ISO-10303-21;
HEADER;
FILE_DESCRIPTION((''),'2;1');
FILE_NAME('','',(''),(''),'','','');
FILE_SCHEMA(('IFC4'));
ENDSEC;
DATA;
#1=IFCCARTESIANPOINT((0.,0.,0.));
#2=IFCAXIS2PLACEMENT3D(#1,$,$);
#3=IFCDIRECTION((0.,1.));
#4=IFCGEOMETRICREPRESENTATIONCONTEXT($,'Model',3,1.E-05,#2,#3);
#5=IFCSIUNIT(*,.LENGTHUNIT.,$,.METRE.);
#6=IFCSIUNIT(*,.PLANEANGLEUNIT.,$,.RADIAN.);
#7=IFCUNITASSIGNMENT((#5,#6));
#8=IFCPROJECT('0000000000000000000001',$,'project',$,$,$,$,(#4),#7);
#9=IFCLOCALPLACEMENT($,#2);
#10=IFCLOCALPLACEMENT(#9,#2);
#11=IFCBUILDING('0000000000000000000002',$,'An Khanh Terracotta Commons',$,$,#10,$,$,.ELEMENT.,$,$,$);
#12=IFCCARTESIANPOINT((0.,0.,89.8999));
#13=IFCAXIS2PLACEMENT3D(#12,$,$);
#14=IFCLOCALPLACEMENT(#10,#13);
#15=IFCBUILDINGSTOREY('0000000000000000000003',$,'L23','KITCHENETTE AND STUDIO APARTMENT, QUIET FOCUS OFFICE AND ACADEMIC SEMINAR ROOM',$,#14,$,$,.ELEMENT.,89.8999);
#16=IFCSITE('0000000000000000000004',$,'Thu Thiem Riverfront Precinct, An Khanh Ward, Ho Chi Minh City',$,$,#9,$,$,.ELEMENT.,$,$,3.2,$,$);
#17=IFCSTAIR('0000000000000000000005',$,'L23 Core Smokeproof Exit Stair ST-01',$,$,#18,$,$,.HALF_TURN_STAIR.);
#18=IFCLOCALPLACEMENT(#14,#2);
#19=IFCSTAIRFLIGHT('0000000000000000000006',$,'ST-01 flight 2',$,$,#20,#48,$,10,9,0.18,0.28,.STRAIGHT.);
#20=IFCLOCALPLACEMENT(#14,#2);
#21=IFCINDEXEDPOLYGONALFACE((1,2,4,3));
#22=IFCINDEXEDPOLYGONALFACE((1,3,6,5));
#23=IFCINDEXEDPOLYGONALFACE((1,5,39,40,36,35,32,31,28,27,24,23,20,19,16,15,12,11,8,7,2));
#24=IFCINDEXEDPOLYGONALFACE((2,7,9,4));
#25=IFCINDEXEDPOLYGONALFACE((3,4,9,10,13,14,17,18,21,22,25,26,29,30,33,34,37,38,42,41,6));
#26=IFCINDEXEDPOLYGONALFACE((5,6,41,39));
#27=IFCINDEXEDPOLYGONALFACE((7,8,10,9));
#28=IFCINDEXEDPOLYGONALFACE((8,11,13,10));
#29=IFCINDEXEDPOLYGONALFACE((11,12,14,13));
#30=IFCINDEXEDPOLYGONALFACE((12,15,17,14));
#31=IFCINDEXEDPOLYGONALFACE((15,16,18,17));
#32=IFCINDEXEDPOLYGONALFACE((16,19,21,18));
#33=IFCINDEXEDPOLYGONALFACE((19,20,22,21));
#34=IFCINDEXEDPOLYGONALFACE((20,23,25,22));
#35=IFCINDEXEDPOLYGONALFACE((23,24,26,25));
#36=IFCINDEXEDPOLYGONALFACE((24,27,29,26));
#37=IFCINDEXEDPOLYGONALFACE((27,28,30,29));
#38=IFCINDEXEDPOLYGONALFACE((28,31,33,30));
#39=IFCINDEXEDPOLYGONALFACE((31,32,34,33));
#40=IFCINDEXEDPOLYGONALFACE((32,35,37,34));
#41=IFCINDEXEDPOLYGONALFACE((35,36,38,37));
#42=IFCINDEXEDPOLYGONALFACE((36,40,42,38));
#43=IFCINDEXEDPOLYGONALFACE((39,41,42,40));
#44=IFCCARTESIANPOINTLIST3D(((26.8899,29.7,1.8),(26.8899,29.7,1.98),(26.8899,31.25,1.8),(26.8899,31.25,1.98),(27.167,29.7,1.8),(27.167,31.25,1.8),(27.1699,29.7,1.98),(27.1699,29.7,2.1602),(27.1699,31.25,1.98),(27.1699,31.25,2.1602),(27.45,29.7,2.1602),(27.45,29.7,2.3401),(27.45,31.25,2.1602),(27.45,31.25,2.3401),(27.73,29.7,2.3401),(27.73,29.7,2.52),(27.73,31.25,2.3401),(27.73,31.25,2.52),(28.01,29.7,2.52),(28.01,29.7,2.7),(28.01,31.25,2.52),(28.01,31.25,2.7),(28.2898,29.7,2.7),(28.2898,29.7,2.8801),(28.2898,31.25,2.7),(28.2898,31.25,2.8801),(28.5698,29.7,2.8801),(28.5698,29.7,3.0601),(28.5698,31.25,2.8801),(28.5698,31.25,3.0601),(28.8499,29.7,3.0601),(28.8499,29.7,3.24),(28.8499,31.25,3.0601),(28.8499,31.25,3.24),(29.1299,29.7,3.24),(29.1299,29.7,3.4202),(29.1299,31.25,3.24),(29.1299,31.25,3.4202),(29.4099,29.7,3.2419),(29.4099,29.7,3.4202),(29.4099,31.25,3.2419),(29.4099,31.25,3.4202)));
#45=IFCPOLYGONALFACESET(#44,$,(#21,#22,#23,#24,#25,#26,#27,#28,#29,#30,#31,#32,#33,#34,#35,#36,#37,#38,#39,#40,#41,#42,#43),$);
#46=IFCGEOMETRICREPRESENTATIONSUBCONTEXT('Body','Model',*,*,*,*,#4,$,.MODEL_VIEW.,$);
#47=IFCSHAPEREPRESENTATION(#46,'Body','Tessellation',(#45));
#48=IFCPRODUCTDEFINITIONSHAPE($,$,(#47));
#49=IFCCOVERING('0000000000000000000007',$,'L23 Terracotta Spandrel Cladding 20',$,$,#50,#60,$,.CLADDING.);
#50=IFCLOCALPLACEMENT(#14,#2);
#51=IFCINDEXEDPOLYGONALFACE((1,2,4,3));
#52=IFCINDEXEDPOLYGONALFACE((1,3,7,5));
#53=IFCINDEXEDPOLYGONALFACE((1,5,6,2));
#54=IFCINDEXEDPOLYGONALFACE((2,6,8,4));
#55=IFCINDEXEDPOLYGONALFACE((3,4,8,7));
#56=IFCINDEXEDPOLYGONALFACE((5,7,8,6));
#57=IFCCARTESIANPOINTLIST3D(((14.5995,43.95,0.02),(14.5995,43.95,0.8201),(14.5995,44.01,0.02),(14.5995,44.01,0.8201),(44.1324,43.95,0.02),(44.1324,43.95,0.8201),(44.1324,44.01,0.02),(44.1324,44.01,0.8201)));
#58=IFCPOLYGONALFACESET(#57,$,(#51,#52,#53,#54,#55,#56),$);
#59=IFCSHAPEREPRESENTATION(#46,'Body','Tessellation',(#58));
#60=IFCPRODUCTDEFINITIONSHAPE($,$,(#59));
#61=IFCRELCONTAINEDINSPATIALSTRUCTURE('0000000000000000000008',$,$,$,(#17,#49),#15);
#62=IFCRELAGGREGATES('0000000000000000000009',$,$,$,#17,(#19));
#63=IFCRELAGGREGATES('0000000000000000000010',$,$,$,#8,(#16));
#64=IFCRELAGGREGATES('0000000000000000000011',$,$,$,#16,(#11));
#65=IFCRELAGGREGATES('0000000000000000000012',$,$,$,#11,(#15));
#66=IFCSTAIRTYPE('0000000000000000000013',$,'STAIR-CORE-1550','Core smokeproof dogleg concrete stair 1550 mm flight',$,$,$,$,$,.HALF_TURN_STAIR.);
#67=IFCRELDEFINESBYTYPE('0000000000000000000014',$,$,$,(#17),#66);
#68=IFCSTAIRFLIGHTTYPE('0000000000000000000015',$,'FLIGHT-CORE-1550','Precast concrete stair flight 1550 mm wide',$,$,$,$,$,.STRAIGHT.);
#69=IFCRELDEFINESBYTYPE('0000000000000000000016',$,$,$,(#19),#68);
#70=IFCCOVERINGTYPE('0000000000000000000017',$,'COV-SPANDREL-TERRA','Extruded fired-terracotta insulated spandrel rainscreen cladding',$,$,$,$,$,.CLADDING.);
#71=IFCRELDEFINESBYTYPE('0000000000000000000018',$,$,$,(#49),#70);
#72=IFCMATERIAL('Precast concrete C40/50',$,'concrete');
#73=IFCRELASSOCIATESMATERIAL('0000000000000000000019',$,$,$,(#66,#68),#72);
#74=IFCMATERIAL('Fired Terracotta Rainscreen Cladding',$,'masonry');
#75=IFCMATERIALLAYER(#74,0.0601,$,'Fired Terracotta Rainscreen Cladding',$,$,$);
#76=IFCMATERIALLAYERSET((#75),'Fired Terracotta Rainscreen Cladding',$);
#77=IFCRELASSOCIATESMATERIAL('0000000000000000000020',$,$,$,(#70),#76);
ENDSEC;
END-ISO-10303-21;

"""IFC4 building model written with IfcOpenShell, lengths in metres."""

from ifc_helpers import new_model, si_unit, direction, frame, origin, origin_2d, place, context, subcontext, project, spatial, polyline, rectangle, outline, extrude, material, layer, layer_set, type_object, element, aggregate, save


model = new_model("IFC4")

# Units and contexts
model_context = context("Model", 3, precision=1e-05, world=origin(), true_north=direction((0.0, 1.0)))
body_context = subcontext(model_context, "Body", "Model", "MODEL_VIEW")
ifc_project = project(units=[si_unit("LENGTHUNIT", "METRE"), si_unit("PLANEANGLEUNIT", "RADIAN")], contexts=[model_context])

# Site, building, storey
site_placement = place(None, origin())
site = spatial("IfcSite", under=ifc_project, at=site_placement, Name="Thu Thiem Riverfront Precinct, An Khanh Ward, Ho Chi Minh City", CompositionType="ELEMENT", RefElevation=3.2)
building_placement = place(site_placement, origin())
building = spatial("IfcBuilding", under=site, at=building_placement, Name="An Khanh Terracotta Commons", CompositionType="ELEMENT")
storey_placement = place(building_placement, frame((0.0, 0.0, 89.8999)))
storey = spatial("IfcBuildingStorey", under=building, at=storey_placement, Name="L23", Description="KITCHENETTE AND STUDIO APARTMENT, QUIET FOCUS OFFICE AND ACADEMIC SEMINAR ROOM", CompositionType="ELEMENT", Elevation=89.8999)

# Stair, stair flight
ifc_material_1 = material(Name="Precast concrete C40/50", Category="concrete")
stair_type = type_object("IfcStairType", Name="STAIR-CORE-1550", Description="Core smokeproof dogleg concrete stair 1550 mm flight", PredefinedType="HALF_TURN_STAIR", material=ifc_material_1)
stair_placement = place(storey_placement, origin())
stair = element("IfcStair", 1, at=stair_placement, inside=storey, type_object=stair_type, Name="L23 Core Smokeproof Exit Stair ST-01", PredefinedType="HALF_TURN_STAIR")
stair_flight_type = type_object("IfcStairFlightType", Name="FLIGHT-CORE-1550", Description="Precast concrete stair flight 1550 mm wide", PredefinedType="STRAIGHT", material=ifc_material_1)
stair_flight_1_placement = place(storey_placement, frame((26.8899, 30.4751, 1.8), z_axis=(0.0, 0.0, 1.0), x_axis=(1.0, 0.0, 0.0)))
stair_flight_1 = element("IfcStairFlight", 2, at=stair_flight_1_placement, type_object=stair_flight_type, Name="ST-01 flight 2", NumberOfRisers=10, NumberOfTreads=9, PredefinedType="STRAIGHT", RiserHeight=0.18, TreadLength=0.28, context=body_context, shape_type="SweptSolid", body=[
    extrude(outline(polyline([(0.0, 0.0), (0.0, 0.1799), (0.28, 0.1799), (0.28, 0.3601), (0.5601, 0.3601), (0.5601, 0.54), (0.8401, 0.54), (0.8401, 0.72), (1.1201, 0.72), (1.1201, 0.8999), (1.3999, 0.8999), (1.3999, 1.0801), (1.6799, 1.0801), (1.6799, 1.26), (1.96, 1.26), (1.96, 1.4399), (2.24, 1.4399), (2.24, 1.6201), (2.52, 1.6201), (2.52, 1.8), (2.52, 1.4419), (0.2771, 0.0), (0.0, 0.0)])), frame((0.0, 0.7749, 0.0), z_axis=(0.0, -1.0, 0.0), x_axis=(1.0, 0.0, 0.0)), (0.0, 0.0, 1.0), 1.55),
])
aggregate(stair, [stair_flight_1])

# Covering
ifc_material_2 = material(Name="Fired Terracotta Rainscreen Cladding", Category="masonry")
ifc_layer_1 = layer(ifc_material_2, 0.0601, Name="Fired Terracotta Rainscreen Cladding")
ifc_layer_set_1 = layer_set([ifc_layer_1], Name="Fired Terracotta Rainscreen Cladding")
covering_type = type_object("IfcCoveringType", Name="COV-SPANDREL-TERRA", Description="Extruded fired-terracotta insulated spandrel rainscreen cladding", PredefinedType="CLADDING", material=ifc_layer_set_1)
covering_placement = place(storey_placement, frame((29.366, 43.98, 0.02), z_axis=(0.0, 0.0, 1.0), x_axis=(-1.0, 0.0, 0.0)))
element("IfcCovering", 3, at=covering_placement, inside=storey, type_object=covering_type, Name="L23 Terracotta Spandrel Cladding 20", PredefinedType="CLADDING", context=body_context, shape_type="SweptSolid", body=[
    extrude(rectangle(XDim=29.533, YDim=0.0601, at=origin_2d()), origin(), (0.0, 0.0, 1.0), 0.8),
])

save(model, "model.ifc")
